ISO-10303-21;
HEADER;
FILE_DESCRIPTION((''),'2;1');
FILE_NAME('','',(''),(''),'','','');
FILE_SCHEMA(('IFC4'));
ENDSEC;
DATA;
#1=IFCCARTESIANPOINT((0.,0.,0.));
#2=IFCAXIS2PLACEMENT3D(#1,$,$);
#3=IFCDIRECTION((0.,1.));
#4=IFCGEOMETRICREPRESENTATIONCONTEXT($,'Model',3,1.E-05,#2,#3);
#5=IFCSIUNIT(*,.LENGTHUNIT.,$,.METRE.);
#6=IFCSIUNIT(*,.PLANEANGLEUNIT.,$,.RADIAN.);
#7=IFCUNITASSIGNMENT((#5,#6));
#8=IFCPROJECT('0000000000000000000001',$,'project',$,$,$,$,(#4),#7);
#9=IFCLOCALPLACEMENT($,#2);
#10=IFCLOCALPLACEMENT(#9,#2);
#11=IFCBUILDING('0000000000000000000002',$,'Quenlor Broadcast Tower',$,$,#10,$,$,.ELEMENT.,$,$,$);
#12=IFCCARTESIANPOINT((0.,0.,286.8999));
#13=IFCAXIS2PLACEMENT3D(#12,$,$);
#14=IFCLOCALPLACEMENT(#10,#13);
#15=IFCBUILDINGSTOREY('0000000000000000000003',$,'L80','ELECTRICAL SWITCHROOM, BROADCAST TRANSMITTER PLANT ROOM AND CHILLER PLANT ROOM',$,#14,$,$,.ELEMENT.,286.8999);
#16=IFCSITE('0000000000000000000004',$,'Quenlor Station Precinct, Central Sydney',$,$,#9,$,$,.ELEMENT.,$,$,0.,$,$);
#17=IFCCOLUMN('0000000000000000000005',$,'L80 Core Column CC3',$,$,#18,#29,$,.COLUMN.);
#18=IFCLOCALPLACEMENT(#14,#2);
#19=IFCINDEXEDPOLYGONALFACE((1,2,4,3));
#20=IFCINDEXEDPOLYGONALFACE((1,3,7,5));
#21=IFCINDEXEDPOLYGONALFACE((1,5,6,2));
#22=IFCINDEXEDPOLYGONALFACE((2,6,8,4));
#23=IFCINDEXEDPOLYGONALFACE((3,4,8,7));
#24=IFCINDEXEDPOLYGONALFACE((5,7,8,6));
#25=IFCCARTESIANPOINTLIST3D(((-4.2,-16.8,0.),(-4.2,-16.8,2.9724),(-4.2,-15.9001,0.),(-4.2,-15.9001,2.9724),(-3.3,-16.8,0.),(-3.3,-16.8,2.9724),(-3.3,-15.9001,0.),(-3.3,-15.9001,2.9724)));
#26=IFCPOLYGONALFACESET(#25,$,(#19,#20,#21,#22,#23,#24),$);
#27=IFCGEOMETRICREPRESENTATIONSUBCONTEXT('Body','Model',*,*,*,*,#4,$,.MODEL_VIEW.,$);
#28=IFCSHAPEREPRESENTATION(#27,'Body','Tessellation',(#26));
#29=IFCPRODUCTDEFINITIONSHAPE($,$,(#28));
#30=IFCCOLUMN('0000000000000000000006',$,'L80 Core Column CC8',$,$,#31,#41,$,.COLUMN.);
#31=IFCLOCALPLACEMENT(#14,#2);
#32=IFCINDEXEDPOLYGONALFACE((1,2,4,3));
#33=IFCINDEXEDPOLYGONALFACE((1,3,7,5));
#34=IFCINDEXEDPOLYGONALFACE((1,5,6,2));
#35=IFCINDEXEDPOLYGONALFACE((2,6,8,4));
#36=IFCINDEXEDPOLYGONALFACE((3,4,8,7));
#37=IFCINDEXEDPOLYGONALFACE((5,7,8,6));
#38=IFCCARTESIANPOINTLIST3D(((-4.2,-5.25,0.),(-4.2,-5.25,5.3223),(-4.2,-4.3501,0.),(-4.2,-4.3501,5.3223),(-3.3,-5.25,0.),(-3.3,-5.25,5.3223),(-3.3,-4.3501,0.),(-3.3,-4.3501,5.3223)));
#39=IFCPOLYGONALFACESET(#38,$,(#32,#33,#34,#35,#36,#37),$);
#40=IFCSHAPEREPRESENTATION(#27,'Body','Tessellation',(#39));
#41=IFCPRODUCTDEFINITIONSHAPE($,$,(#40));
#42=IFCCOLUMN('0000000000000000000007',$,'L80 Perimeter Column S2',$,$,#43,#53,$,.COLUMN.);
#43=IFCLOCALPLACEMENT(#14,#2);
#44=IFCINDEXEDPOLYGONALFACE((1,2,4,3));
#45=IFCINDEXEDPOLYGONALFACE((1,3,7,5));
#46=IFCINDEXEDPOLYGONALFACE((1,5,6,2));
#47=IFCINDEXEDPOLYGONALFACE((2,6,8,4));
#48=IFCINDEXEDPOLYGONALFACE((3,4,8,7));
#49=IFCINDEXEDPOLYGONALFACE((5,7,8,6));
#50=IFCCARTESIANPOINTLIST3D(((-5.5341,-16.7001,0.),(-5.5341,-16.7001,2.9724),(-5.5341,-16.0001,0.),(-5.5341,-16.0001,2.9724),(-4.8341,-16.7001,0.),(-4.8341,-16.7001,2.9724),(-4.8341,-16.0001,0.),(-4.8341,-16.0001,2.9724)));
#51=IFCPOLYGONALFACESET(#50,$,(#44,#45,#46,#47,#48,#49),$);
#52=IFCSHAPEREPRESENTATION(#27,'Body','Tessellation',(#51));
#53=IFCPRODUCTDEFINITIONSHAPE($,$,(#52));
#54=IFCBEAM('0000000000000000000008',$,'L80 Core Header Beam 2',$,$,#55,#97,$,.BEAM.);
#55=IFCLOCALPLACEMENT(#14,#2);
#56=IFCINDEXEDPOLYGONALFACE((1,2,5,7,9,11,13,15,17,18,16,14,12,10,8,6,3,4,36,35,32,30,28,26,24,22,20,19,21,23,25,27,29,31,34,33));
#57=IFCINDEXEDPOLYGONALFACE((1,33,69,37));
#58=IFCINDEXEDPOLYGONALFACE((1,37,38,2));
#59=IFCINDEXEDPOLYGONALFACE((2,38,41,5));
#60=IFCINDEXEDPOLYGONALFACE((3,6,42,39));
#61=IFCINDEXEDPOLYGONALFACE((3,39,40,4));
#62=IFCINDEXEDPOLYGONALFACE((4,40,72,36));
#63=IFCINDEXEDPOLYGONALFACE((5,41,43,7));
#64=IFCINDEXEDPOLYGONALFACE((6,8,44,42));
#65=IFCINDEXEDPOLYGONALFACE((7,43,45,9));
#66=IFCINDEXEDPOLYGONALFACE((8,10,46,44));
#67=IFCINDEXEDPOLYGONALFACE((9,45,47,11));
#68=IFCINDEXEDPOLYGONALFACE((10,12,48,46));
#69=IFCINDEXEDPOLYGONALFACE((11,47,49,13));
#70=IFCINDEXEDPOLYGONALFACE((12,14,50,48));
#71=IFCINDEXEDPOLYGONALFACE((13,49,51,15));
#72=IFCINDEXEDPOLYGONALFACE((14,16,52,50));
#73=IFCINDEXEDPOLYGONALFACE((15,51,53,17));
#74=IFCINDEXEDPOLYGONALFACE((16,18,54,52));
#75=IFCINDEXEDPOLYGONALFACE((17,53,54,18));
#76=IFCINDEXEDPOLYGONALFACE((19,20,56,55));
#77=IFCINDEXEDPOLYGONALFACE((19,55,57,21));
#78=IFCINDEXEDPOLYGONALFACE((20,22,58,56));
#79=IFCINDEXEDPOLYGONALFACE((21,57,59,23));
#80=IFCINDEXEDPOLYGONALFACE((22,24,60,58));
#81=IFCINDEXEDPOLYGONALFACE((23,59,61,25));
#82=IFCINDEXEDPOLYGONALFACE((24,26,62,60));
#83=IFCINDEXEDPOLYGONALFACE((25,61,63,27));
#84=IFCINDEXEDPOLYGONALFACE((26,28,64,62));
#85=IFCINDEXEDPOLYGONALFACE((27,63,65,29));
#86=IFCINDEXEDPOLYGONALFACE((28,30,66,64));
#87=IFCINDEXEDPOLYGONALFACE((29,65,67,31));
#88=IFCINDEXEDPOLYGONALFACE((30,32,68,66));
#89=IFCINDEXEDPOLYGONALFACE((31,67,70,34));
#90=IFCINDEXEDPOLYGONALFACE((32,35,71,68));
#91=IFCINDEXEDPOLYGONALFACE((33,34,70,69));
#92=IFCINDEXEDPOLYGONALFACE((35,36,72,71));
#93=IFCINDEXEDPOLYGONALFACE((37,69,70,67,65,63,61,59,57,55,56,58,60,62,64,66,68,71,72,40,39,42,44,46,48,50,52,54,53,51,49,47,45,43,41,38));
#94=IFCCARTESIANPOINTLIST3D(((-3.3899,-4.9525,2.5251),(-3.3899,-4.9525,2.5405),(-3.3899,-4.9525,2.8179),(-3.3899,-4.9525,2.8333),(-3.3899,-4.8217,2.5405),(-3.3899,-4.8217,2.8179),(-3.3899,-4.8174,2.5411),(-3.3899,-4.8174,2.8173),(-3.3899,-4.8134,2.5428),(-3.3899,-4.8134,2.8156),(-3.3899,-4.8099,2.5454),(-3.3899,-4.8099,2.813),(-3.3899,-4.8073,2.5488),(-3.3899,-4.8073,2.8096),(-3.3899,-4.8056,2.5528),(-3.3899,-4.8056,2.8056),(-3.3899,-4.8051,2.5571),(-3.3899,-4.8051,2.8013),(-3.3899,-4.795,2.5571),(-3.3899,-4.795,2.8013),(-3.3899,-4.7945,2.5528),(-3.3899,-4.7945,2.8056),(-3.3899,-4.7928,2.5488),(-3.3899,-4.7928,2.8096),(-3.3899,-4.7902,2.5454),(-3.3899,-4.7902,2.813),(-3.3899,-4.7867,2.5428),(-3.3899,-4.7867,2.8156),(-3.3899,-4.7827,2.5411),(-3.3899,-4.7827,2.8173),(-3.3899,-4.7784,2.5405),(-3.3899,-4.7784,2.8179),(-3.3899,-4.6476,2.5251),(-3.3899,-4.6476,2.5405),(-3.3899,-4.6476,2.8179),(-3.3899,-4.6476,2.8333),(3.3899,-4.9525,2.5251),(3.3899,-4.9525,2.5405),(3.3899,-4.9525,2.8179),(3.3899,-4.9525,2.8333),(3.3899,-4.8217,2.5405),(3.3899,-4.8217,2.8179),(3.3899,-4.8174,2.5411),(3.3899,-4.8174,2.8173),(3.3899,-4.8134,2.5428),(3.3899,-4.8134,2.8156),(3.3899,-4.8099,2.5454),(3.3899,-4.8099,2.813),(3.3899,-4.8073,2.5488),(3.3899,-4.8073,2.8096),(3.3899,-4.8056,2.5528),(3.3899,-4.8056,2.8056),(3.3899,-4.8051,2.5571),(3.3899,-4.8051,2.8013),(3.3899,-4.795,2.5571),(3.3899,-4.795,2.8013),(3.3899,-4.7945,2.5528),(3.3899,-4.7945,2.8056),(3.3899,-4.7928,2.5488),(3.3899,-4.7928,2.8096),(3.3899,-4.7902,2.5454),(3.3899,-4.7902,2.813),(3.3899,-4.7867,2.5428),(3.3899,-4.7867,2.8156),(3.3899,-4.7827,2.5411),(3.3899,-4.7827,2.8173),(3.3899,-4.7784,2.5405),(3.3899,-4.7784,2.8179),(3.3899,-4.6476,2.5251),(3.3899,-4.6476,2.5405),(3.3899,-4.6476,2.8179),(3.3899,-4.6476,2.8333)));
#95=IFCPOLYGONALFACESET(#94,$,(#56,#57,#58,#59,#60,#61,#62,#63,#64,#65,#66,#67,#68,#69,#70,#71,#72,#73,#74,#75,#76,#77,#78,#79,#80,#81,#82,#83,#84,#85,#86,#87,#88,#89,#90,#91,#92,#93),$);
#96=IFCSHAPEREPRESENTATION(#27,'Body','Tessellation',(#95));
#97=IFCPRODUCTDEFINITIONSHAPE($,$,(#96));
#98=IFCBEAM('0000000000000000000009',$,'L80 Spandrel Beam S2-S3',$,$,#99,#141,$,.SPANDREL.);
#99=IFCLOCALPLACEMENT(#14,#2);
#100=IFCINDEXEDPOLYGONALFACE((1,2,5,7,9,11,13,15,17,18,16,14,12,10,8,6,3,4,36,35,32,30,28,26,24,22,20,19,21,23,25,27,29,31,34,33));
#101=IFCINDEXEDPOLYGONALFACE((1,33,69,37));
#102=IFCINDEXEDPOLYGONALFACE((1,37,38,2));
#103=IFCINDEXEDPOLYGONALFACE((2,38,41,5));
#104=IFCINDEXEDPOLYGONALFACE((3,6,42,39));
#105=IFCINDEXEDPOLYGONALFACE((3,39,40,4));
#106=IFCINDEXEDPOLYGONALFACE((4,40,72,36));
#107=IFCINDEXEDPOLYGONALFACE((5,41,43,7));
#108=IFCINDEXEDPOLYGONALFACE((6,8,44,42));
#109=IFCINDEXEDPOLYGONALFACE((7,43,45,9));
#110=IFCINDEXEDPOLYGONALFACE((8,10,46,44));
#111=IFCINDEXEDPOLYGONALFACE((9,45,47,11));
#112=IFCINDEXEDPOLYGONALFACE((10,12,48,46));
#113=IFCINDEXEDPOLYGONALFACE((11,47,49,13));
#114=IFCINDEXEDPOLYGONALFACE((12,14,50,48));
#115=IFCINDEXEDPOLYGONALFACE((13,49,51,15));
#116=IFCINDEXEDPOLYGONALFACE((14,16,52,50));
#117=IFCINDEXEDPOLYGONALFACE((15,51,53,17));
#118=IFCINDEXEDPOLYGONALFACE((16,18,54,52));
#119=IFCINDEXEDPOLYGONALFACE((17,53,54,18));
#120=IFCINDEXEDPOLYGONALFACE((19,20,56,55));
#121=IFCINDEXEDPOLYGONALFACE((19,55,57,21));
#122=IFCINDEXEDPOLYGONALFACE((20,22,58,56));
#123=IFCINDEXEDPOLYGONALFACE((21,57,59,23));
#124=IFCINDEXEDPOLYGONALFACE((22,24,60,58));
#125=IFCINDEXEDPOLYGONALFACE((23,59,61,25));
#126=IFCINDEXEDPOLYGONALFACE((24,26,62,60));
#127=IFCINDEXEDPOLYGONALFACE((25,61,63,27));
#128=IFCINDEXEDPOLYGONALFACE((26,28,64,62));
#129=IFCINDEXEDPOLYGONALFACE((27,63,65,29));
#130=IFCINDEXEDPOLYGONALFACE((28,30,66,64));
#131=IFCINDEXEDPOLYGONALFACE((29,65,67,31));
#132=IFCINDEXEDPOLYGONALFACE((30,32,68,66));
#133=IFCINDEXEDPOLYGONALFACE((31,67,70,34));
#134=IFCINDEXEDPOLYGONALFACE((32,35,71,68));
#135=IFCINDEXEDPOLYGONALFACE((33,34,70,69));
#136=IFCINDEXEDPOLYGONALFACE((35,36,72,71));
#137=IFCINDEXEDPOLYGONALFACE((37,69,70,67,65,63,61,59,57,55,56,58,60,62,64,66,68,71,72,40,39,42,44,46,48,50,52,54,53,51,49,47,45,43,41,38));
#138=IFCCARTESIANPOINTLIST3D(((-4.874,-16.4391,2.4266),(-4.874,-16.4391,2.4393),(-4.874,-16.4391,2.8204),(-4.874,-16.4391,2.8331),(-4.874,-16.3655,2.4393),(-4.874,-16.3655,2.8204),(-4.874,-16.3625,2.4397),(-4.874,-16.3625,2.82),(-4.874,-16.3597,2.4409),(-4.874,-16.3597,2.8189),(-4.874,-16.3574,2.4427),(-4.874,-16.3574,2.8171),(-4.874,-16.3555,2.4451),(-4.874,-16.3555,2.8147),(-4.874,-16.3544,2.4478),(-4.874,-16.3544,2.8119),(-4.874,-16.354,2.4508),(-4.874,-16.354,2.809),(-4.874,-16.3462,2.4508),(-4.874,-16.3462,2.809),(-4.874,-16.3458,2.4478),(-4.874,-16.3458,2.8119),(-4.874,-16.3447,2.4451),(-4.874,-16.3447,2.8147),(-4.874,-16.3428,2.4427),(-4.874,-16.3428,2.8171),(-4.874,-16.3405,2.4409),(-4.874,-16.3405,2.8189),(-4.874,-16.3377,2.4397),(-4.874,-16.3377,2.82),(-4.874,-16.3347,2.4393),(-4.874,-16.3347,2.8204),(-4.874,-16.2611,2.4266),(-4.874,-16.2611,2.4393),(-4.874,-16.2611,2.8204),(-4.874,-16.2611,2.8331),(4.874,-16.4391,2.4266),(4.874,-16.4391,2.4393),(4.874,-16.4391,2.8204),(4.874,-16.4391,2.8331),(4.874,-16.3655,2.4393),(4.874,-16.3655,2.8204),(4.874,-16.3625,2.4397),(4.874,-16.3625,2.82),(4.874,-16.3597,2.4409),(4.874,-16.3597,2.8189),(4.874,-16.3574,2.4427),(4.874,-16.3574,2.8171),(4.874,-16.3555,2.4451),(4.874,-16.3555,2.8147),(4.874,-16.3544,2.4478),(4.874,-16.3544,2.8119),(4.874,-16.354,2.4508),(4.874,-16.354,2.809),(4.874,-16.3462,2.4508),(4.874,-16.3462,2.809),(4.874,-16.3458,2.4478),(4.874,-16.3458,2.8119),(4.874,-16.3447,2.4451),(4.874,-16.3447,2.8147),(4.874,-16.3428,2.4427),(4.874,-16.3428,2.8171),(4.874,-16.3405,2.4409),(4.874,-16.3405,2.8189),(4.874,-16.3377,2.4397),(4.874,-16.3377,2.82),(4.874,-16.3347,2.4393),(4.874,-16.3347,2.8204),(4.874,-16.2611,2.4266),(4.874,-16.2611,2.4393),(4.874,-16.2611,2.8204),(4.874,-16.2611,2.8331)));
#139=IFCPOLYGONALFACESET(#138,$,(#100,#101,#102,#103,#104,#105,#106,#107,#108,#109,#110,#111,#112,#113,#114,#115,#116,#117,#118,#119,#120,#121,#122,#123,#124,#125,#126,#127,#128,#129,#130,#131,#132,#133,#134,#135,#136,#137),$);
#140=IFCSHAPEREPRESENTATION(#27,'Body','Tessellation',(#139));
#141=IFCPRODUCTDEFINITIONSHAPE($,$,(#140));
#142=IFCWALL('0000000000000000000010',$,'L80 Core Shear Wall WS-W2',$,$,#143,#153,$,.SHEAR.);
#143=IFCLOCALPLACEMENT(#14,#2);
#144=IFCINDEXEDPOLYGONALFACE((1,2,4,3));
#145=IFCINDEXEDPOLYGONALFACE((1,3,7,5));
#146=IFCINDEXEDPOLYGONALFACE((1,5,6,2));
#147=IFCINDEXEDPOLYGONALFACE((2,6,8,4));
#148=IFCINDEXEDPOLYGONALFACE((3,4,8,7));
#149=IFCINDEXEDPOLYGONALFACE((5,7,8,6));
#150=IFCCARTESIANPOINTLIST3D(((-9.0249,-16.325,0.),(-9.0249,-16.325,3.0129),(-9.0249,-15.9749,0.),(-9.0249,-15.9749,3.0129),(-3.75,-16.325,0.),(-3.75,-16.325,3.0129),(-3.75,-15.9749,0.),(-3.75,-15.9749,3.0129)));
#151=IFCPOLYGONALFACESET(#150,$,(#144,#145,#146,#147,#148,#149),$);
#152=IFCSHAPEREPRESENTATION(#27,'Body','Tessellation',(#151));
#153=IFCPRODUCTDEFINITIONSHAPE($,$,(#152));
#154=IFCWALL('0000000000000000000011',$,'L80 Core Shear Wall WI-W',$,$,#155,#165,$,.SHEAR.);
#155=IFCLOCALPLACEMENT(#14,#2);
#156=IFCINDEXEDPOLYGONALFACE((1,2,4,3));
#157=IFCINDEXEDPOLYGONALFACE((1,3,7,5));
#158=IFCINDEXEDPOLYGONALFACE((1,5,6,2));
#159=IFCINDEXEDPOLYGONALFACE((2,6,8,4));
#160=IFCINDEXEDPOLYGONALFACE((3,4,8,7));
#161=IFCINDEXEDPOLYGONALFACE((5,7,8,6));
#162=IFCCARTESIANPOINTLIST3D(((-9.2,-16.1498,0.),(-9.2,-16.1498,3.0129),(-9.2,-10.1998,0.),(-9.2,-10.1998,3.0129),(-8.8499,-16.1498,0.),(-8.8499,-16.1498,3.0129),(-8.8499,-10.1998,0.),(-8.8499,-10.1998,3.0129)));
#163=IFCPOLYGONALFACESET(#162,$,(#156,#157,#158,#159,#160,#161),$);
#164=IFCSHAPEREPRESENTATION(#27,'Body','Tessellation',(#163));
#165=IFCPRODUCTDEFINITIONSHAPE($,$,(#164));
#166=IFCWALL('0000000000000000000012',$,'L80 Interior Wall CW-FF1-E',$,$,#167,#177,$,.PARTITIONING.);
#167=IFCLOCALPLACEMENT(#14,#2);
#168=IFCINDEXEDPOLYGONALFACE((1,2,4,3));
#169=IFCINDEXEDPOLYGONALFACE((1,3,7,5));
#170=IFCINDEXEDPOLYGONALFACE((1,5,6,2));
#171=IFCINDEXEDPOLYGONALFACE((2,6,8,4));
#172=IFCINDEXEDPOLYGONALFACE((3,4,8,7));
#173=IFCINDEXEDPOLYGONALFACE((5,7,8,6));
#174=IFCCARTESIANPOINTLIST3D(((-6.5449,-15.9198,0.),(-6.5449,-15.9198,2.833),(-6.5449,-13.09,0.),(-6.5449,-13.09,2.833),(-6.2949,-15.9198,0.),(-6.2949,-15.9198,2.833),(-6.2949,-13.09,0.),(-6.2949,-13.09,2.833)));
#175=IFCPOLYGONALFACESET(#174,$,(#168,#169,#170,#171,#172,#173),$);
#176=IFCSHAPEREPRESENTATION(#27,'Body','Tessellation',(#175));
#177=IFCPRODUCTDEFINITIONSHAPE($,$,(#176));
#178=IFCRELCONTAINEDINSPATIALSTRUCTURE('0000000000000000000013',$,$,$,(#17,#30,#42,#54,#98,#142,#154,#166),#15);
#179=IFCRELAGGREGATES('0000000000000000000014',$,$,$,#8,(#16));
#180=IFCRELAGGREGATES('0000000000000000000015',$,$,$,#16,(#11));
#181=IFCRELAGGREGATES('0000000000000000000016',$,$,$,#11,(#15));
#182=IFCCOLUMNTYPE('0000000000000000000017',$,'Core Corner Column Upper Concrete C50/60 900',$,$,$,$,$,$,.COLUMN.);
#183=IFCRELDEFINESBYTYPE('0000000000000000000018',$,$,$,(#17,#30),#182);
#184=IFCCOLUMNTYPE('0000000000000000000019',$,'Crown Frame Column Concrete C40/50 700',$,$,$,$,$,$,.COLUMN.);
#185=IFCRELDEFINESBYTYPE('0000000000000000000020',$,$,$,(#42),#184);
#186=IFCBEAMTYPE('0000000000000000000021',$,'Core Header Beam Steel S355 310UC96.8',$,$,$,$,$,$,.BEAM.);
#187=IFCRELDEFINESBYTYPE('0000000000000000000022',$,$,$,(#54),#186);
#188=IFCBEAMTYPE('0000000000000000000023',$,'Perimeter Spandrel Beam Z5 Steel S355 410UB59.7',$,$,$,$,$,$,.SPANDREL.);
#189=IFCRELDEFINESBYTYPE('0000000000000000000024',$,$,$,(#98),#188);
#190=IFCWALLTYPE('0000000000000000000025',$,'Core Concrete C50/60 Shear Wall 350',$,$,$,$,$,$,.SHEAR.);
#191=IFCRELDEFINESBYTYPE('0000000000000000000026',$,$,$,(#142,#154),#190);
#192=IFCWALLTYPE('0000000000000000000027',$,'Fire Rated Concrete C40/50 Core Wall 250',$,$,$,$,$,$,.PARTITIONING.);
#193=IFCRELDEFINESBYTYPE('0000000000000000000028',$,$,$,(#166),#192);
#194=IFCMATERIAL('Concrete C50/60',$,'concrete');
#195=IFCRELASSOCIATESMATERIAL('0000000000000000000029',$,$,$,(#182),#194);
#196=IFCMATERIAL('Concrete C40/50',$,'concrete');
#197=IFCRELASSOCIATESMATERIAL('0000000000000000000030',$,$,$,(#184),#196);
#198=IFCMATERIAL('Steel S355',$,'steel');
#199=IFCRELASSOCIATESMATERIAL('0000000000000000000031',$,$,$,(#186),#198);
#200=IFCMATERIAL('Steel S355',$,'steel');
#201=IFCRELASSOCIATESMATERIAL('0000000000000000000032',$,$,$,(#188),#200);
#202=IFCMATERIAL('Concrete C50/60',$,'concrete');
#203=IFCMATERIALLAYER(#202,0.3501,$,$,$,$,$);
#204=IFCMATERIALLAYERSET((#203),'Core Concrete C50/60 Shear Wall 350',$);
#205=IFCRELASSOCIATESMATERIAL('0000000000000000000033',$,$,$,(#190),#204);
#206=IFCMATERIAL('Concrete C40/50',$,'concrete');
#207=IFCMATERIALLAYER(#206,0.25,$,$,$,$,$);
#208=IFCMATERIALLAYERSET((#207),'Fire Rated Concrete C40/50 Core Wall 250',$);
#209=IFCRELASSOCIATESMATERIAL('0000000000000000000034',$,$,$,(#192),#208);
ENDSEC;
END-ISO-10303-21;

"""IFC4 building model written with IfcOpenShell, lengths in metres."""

from ifc_helpers import new_model, si_unit, direction, frame, frame_2d, origin, origin_2d, place, context, subcontext, project, spatial, rectangle, i_section, extrude, material, layer, layer_set, material_profile, profile_set, type_object, element, save


model = new_model("IFC4")

# Units and contexts
model_context = context("Model", 3, precision=1e-05, world=origin(), true_north=direction((0.0, 1.0)))
body_context = subcontext(model_context, "Body", "Model", "MODEL_VIEW")
ifc_project = project(units=[si_unit("LENGTHUNIT", "METRE"), si_unit("PLANEANGLEUNIT", "RADIAN")], contexts=[model_context])

# Site, building, storey
site_placement = place(None, origin())
site = spatial("IfcSite", under=ifc_project, at=site_placement, Name="Quenlor Station Precinct, Central Sydney", CompositionType="ELEMENT", RefElevation=0.0)
building_placement = place(site_placement, origin())
building = spatial("IfcBuilding", under=site, at=building_placement, Name="Quenlor Broadcast Tower", CompositionType="ELEMENT")
storey_placement = place(building_placement, frame((0.0, 0.0, 286.8999)))
storey = spatial("IfcBuildingStorey", under=building, at=storey_placement, Name="L80", Description="ELECTRICAL SWITCHROOM, BROADCAST TRANSMITTER PLANT ROOM AND CHILLER PLANT ROOM", CompositionType="ELEMENT", Elevation=286.8999)

# Columns
ifc_material_1 = material(Name="Concrete C50/60", Category="concrete")
ifc_material_profile_1 = material_profile(ifc_material_1, rectangle(XDim=0.8999, YDim=0.8999, at=origin_2d()))
ifc_profile_set_1 = profile_set([ifc_material_profile_1], Name="Concrete C50/60 RC900x900")
column_type_1 = type_object("IfcColumnType", Name="Core Corner Column Upper Concrete C50/60 900", PredefinedType="COLUMN", material=ifc_profile_set_1)
column_1_placement = place(storey_placement, frame((-3.75, -16.3501, 0.0), z_axis=(0.0, 0.0, 1.0), x_axis=(1.0, 0.0, 0.0)))
element("IfcColumn", 1, at=column_1_placement, inside=storey, type_object=column_type_1, Name="L80 Core Column CC3", PredefinedType="COLUMN", context=body_context, shape_type="SweptSolid", body=[
    extrude(rectangle(XDim=0.8999, YDim=0.8999, at=origin_2d()), origin(), (0.0, 0.0, 1.0), 2.9724),
])
column_2_placement = place(storey_placement, frame((-3.75, -4.8, 0.0), z_axis=(0.0, 0.0, 1.0), x_axis=(1.0, 0.0, 0.0)))
element("IfcColumn", 2, at=column_2_placement, inside=storey, type_object=column_type_1, Name="L80 Core Column CC8", PredefinedType="COLUMN", context=body_context, shape_type="SweptSolid", body=[
    extrude(rectangle(XDim=0.8999, YDim=0.8999, at=origin_2d()), origin(), (0.0, 0.0, 1.0), 5.3223),
])
ifc_material_2 = material(Name="Concrete C40/50", Category="concrete")
ifc_material_profile_2 = material_profile(ifc_material_2, rectangle(XDim=0.7, YDim=0.7, at=origin_2d()))
ifc_profile_set_2 = profile_set([ifc_material_profile_2], Name="Concrete C40/50 RC700x700")
column_type_2 = type_object("IfcColumnType", Name="Crown Frame Column Concrete C40/50 700", PredefinedType="COLUMN", material=ifc_profile_set_2)
column_3_placement = place(storey_placement, frame((-5.1841, -16.3501, 0.0), z_axis=(0.0, 0.0, 1.0), x_axis=(0.0, 1.0, 0.0)))
element("IfcColumn", 3, at=column_3_placement, inside=storey, type_object=column_type_2, Name="L80 Perimeter Column S2", PredefinedType="COLUMN", context=body_context, shape_type="SweptSolid", body=[
    extrude(rectangle(XDim=0.7, YDim=0.7, at=origin_2d()), origin(), (0.0, 0.0, 1.0), 2.9724),
])

# Beams
ifc_material_3 = material(Name="Steel S355", Category="steel")
ifc_material_profile_3 = material_profile(ifc_material_3, i_section(OverallWidth=0.3049, OverallDepth=0.3081, WebThickness=0.01, FlangeThickness=0.0154, FilletRadius=0.0166, at=origin_2d()))
ifc_profile_set_3 = profile_set([ifc_material_profile_3], Name="Steel S355 310UC96.8")
beam_type_1 = type_object("IfcBeamType", Name="Core Header Beam Steel S355 310UC96.8", PredefinedType="BEAM", material=ifc_profile_set_3)
beam_1_placement = place(storey_placement, frame((-3.3899, -4.8, 2.6792), z_axis=(1.0, 0.0, 0.0), x_axis=(0.0, 1.0, 0.0)))
element("IfcBeam", 4, at=beam_1_placement, inside=storey, type_object=beam_type_1, Name="L80 Core Header Beam 2", PredefinedType="BEAM", context=body_context, shape_type="SweptSolid", body=[
    extrude(i_section(OverallWidth=0.3049, OverallDepth=0.3081, WebThickness=0.01, FlangeThickness=0.0154, FilletRadius=0.0166, at=origin_2d()), origin(), (0.0, 0.0, 1.0), 6.7798),
])
ifc_material_4 = material(Name="Steel S355", Category="steel")
ifc_material_profile_4 = material_profile(ifc_material_4, i_section(OverallWidth=0.178, OverallDepth=0.4065, WebThickness=0.0078, FlangeThickness=0.0127, FilletRadius=0.0115, at=origin_2d()))
ifc_profile_set_4 = profile_set([ifc_material_profile_4], Name="Steel S355 410UB59.7")
beam_type_2 = type_object("IfcBeamType", Name="Perimeter Spandrel Beam Z5 Steel S355 410UB59.7", PredefinedType="SPANDREL", material=ifc_profile_set_4)
beam_2_placement = place(storey_placement, frame((-4.874, -16.3501, 2.6299), z_axis=(1.0, 0.0, 0.0), x_axis=(0.0, 1.0, 0.0)))
element("IfcBeam", 5, at=beam_2_placement, inside=storey, type_object=beam_type_2, Name="L80 Spandrel Beam S2-S3", PredefinedType="SPANDREL", context=body_context, shape_type="SweptSolid", body=[
    extrude(i_section(OverallWidth=0.178, OverallDepth=0.4065, WebThickness=0.0078, FlangeThickness=0.0127, FilletRadius=0.0115, at=origin_2d()), origin(), (0.0, 0.0, 1.0), 9.748),
])

# Walls
ifc_material_5 = material(Name="Concrete C50/60", Category="concrete")
ifc_layer_1 = layer(ifc_material_5, 0.3501)
ifc_layer_set_1 = layer_set([ifc_layer_1], Name="Core Concrete C50/60 Shear Wall 350")
wall_type_1 = type_object("IfcWallType", Name="Core Concrete C50/60 Shear Wall 350", PredefinedType="SHEAR", material=ifc_layer_set_1)
wall_1_placement = place(storey_placement, frame((-9.0249, -16.1499, 0.0), z_axis=(0.0, 0.0, 1.0), x_axis=(1.0, 0.0, 0.0)))
element("IfcWall", 6, at=wall_1_placement, inside=storey, type_object=wall_type_1, Name="L80 Core Shear Wall WS-W2", PredefinedType="SHEAR", context=body_context, shape_type="SweptSolid", body=[
    extrude(rectangle(XDim=5.2749, YDim=0.3501, at=frame_2d((2.6375, 0.0))), origin(), (0.0, 0.0, 1.0), 3.0129),
])
wall_2_placement = place(storey_placement, frame((-9.0249, -16.1499, 0.0), z_axis=(0.0, 0.0, 1.0), x_axis=(0.0, 1.0, 0.0)))
element("IfcWall", 7, at=wall_2_placement, inside=storey, type_object=wall_type_1, Name="L80 Core Shear Wall WI-W", PredefinedType="SHEAR", context=body_context, shape_type="SweptSolid", body=[
    extrude(rectangle(XDim=5.95, YDim=0.3501, at=frame_2d((2.9751, 0.0))), origin(), (0.0, 0.0, 1.0), 3.0129),
])

# Shared definitions
ifc_material_6 = material(Name="Concrete C40/50", Category="concrete")
ifc_layer_2 = layer(ifc_material_6, 0.25)
ifc_layer_set_2 = layer_set([ifc_layer_2], Name="Fire Rated Concrete C40/50 Core Wall 250")
wall_type_2 = type_object("IfcWallType", Name="Fire Rated Concrete C40/50 Core Wall 250", PredefinedType="PARTITIONING", material=ifc_layer_set_2)

# Wall
wall_3_placement = place(storey_placement, frame((-6.4199, -15.9199, 0.0), z_axis=(0.0, 0.0, 1.0), x_axis=(0.0, 1.0, 0.0)))
element("IfcWall", 8, at=wall_3_placement, inside=storey, type_object=wall_type_2, Name="L80 Interior Wall CW-FF1-E", PredefinedType="PARTITIONING", context=body_context, shape_type="SweptSolid", body=[
    extrude(rectangle(XDim=2.8298, YDim=0.25, at=frame_2d((1.415, 0.0))), origin(), (0.0, 0.0, 1.0), 2.833),
])

save(model, "model.ifc")
